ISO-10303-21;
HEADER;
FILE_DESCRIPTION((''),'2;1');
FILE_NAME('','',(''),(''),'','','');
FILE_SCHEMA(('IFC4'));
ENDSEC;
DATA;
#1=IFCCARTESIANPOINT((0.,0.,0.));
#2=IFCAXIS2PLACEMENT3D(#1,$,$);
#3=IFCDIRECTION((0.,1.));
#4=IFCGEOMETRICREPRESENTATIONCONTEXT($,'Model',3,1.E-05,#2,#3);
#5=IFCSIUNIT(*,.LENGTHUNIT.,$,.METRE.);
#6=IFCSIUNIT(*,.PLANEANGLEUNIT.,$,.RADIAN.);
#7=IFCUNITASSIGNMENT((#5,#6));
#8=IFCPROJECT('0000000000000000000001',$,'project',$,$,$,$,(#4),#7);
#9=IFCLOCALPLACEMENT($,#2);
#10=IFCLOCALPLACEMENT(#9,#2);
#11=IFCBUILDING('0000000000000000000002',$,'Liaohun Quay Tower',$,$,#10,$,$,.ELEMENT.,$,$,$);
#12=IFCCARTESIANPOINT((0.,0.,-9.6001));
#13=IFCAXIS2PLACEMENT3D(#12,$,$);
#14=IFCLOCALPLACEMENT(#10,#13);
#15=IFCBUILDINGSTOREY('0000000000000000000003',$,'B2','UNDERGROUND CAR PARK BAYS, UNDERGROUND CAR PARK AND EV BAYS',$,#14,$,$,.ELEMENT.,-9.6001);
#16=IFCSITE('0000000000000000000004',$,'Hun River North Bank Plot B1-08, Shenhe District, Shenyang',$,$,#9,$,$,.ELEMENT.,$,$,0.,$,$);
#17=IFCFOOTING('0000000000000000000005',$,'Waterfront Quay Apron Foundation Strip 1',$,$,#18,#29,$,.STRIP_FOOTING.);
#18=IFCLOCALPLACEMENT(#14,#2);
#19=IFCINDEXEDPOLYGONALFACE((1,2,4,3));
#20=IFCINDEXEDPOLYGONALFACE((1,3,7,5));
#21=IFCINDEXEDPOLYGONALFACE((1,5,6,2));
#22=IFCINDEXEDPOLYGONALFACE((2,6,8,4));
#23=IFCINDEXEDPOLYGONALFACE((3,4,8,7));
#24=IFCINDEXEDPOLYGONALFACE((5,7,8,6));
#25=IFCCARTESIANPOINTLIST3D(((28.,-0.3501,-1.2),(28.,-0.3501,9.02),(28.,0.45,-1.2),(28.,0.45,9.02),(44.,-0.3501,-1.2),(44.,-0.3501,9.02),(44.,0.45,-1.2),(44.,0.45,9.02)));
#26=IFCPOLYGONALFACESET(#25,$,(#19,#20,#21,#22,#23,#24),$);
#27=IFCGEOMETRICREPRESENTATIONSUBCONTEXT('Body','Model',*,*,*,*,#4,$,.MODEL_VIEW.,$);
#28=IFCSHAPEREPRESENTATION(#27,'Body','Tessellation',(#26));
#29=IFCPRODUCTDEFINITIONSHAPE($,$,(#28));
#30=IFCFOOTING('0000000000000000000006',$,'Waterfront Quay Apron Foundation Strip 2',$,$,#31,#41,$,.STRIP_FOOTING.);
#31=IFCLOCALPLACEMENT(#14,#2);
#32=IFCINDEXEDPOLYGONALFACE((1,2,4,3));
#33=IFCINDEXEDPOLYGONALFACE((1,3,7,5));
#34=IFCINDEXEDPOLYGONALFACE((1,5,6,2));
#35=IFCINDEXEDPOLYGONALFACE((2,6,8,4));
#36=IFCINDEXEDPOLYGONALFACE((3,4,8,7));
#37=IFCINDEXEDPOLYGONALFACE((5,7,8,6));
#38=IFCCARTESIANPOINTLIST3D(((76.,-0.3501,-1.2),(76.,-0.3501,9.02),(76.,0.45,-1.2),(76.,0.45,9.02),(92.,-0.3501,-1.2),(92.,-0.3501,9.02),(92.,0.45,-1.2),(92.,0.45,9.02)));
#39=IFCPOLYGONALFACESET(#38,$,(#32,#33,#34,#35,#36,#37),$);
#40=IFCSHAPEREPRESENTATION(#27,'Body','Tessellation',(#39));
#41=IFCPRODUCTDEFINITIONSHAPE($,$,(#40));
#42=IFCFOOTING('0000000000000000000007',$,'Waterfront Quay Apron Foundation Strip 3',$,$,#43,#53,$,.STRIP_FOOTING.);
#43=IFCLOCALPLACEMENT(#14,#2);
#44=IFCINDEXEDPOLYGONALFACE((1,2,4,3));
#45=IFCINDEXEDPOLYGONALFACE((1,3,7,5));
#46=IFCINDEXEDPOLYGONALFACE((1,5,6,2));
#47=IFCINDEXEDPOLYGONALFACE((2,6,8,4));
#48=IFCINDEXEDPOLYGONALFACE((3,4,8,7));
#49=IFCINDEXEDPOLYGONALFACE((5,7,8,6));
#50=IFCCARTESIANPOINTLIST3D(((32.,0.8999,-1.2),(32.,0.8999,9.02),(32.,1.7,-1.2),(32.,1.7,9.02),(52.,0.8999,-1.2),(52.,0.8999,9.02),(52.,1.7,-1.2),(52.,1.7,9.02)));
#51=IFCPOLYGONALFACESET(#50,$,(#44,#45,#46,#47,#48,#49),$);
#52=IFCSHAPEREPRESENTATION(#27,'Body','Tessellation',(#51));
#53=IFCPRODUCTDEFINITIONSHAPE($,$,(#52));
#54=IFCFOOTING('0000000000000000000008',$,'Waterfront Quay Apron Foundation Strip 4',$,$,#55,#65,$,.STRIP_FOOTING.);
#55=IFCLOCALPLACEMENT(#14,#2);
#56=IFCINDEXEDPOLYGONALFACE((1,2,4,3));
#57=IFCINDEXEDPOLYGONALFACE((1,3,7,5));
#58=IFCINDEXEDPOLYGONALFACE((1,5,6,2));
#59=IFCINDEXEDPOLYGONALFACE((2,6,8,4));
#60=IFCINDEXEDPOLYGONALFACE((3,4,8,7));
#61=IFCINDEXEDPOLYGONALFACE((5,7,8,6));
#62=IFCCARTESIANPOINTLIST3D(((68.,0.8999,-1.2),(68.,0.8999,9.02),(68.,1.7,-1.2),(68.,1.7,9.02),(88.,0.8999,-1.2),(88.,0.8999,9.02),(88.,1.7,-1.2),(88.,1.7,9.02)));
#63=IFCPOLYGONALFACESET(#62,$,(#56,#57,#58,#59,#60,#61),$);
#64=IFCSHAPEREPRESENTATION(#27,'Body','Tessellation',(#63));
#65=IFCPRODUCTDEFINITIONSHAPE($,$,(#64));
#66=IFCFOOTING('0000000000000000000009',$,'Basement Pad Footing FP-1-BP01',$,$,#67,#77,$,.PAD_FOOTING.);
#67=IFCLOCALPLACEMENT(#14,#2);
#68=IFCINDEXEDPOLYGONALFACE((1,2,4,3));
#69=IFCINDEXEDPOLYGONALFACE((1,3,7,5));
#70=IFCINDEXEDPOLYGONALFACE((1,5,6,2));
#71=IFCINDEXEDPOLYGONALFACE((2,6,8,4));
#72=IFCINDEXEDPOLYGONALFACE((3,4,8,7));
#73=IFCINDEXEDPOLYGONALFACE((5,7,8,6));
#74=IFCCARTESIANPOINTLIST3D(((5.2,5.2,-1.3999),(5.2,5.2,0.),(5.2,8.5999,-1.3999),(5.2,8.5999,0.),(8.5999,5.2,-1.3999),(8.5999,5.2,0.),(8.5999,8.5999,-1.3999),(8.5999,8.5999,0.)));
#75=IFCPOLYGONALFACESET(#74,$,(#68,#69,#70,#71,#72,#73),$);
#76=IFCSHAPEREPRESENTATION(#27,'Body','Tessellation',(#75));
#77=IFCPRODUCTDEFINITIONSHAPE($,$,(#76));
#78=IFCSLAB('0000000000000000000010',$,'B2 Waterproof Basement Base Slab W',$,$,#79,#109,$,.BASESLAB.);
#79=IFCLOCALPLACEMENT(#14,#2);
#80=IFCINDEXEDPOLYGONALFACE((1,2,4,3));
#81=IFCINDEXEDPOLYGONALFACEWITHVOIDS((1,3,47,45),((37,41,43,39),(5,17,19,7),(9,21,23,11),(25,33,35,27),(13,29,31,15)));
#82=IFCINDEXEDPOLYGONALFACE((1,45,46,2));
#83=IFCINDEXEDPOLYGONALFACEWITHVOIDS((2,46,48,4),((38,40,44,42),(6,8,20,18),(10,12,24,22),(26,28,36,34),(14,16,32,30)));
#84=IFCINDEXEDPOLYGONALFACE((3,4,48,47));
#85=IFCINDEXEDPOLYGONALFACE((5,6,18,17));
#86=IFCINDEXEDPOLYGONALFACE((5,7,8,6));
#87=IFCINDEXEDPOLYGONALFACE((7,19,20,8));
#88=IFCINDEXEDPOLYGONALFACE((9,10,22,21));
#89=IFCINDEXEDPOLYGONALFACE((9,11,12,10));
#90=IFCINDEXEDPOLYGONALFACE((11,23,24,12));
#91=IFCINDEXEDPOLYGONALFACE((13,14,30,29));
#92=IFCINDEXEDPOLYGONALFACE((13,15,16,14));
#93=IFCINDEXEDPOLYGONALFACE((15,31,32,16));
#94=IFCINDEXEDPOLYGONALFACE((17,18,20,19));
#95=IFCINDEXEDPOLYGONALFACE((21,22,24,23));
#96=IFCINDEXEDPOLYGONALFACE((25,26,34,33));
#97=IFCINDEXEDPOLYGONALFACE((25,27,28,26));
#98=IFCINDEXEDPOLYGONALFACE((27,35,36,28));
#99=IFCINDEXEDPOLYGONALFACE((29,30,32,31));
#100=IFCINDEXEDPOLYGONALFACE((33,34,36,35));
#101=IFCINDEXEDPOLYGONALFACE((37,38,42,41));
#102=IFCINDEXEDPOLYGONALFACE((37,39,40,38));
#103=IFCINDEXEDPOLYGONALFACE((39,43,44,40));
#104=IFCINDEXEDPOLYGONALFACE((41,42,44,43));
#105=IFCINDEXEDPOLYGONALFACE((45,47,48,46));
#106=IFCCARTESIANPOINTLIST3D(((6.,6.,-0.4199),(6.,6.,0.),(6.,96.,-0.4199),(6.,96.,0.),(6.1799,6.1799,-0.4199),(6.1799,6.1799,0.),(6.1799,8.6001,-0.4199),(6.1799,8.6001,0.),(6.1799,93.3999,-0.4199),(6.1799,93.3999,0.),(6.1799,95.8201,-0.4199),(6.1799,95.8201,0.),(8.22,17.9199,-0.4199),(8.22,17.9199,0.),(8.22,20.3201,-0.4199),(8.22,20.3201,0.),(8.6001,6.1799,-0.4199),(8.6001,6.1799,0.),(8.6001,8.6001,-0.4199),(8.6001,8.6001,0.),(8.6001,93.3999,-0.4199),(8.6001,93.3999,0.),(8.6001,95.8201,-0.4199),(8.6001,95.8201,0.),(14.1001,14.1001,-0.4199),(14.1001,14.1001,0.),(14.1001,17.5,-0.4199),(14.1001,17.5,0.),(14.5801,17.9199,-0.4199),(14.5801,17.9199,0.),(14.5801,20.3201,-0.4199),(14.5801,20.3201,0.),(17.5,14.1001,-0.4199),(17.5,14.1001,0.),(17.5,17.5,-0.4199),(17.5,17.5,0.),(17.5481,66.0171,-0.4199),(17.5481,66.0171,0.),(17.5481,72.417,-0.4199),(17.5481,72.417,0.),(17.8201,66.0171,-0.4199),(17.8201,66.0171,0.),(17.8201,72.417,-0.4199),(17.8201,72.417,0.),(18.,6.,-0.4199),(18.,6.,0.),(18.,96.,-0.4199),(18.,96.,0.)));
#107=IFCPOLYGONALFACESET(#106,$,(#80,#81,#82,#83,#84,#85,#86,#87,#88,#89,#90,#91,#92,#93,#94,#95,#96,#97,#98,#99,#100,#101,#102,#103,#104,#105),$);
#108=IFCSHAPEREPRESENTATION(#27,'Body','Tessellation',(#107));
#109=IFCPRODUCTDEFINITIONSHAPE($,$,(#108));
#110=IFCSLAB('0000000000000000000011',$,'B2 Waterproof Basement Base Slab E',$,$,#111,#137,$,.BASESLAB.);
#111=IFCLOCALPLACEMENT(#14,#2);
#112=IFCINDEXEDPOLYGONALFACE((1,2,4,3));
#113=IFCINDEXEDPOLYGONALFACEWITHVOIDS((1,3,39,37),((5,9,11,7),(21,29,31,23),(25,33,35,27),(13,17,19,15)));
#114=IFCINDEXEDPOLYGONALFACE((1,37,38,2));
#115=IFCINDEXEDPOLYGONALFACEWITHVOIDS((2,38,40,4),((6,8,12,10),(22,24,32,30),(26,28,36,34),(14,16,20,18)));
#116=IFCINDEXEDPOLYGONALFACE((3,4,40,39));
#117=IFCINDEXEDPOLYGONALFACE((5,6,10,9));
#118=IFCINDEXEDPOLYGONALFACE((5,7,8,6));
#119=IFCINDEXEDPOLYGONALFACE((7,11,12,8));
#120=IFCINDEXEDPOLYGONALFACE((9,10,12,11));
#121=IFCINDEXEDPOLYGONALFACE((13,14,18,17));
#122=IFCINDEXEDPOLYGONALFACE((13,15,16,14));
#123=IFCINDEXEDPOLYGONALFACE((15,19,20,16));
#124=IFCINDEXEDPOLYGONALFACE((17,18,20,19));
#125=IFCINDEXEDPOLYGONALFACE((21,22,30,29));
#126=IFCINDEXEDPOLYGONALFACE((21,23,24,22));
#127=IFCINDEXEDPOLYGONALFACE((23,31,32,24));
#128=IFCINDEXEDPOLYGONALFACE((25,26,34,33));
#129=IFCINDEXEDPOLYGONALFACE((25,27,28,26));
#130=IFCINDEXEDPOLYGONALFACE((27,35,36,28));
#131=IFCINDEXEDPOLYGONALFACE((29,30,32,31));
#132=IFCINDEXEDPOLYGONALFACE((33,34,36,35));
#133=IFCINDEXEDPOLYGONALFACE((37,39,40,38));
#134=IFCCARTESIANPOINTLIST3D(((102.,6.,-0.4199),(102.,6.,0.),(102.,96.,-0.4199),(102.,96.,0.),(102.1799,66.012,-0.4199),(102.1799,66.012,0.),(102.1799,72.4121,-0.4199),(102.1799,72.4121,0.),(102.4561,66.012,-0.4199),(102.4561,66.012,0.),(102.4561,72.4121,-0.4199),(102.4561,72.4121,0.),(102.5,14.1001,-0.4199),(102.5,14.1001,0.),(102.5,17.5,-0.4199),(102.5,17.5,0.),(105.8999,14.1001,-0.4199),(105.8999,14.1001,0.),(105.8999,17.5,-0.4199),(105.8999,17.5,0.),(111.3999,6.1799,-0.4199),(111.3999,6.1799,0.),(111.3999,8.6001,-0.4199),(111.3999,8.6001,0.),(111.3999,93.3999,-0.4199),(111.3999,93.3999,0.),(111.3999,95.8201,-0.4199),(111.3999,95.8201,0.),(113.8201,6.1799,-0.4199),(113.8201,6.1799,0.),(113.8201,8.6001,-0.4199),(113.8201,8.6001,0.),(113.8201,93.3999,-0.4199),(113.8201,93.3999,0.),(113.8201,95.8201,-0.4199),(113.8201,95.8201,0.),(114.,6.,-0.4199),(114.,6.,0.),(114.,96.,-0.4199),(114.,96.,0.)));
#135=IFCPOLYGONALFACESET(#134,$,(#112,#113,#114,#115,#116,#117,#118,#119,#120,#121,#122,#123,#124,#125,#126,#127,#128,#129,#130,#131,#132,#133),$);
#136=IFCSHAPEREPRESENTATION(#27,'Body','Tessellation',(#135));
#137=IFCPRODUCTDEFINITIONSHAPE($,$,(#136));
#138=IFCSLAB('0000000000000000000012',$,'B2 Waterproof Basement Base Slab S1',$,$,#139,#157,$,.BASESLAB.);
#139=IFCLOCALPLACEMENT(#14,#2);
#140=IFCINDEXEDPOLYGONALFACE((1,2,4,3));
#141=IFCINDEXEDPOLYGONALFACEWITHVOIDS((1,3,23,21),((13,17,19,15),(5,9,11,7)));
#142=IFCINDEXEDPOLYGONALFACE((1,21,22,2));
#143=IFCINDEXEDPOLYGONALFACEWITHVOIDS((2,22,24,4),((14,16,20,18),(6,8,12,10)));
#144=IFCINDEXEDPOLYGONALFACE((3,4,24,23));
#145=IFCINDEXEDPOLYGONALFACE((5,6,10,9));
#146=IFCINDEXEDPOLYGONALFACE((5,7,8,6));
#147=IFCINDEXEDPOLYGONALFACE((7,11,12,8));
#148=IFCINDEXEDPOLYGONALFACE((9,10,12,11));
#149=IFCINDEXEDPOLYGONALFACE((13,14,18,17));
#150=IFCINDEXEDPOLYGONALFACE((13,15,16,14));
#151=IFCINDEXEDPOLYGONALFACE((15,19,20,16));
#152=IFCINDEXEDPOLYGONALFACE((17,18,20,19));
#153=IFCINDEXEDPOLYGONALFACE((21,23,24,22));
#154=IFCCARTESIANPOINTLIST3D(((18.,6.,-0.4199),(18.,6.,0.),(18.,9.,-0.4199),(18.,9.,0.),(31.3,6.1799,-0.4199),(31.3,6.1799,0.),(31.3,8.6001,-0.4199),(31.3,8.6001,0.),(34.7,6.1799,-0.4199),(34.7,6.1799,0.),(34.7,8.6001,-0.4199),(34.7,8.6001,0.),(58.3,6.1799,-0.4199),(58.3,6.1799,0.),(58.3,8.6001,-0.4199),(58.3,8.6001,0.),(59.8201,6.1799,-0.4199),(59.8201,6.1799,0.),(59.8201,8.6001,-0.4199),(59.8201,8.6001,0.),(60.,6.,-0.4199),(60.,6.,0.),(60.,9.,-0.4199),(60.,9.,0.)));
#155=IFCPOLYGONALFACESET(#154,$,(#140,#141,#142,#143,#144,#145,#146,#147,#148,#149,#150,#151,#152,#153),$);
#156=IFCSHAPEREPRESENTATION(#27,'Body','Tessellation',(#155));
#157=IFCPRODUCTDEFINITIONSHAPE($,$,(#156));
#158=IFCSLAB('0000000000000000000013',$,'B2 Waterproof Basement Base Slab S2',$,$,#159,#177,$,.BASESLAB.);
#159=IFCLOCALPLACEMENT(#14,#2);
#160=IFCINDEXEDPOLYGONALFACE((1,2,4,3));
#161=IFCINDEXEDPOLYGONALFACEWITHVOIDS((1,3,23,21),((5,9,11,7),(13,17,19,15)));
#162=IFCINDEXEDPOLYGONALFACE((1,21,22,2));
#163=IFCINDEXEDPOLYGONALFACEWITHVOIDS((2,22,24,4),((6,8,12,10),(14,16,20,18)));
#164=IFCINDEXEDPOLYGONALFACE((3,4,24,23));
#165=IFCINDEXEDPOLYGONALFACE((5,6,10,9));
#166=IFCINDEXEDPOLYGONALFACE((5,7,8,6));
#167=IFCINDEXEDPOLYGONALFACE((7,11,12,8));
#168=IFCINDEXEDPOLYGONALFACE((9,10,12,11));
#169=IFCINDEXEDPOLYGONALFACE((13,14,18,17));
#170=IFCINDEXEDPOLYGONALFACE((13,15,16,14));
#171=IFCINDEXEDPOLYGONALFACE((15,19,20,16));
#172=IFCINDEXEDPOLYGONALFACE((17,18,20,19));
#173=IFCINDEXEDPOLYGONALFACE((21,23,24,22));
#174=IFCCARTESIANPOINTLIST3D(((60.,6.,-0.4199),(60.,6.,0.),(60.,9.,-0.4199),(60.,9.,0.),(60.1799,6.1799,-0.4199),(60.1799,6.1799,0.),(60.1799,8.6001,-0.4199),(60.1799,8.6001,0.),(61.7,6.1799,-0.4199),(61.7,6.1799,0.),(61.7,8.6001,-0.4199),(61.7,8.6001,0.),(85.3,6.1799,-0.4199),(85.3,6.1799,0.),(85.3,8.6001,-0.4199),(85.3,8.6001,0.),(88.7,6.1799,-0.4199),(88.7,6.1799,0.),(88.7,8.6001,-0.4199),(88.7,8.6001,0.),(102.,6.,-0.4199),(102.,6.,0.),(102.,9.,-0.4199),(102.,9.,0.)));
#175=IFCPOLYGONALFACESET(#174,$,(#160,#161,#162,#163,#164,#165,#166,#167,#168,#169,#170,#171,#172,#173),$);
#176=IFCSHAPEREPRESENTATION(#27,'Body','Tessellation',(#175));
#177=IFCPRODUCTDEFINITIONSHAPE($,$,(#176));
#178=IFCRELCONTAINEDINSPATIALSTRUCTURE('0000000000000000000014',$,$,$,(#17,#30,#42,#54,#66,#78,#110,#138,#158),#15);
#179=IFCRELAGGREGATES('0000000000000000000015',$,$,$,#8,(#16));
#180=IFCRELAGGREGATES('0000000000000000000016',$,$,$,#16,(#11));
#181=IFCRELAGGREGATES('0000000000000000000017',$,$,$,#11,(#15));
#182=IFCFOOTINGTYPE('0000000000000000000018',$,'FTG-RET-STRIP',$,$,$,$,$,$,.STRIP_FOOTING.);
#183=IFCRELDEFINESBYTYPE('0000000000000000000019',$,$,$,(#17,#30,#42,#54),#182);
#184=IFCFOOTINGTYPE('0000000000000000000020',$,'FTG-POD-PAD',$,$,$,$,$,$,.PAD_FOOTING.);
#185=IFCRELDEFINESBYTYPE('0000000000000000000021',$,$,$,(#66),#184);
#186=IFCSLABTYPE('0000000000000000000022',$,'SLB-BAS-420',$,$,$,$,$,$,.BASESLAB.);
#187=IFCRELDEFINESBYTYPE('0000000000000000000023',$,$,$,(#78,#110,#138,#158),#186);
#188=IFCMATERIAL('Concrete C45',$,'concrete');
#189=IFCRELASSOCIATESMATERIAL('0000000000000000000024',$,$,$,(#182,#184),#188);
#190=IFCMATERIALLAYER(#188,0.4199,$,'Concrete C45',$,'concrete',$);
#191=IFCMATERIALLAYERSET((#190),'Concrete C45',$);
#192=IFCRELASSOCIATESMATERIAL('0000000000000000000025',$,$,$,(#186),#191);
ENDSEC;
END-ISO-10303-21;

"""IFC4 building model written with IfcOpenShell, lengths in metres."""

from ifc_helpers import new_model, si_unit, direction, frame, origin, origin_2d, place, context, subcontext, project, spatial, polyline, rectangle, outline, extrude, source, transform, mapped, material, layer, layer_set, type_object, element, save


model = new_model("IFC4")

# Units and contexts
model_context = context("Model", 3, precision=1e-05, world=origin(), true_north=direction((0.0, 1.0)))
body_context = subcontext(model_context, "Body", "Model", "MODEL_VIEW")
ifc_project = project(units=[si_unit("LENGTHUNIT", "METRE"), si_unit("PLANEANGLEUNIT", "RADIAN")], contexts=[model_context])

# Site, building, storey
site_placement = place(None, origin())
site = spatial("IfcSite", under=ifc_project, at=site_placement, Name="Hun River North Bank Plot B1-08, Shenhe District, Shenyang", CompositionType="ELEMENT", RefElevation=0.0)
building_placement = place(site_placement, origin())
building = spatial("IfcBuilding", under=site, at=building_placement, Name="Liaohun Quay Tower", CompositionType="ELEMENT")
storey_placement = place(building_placement, frame((0.0, 0.0, -9.6001)))
storey = spatial("IfcBuildingStorey", under=building, at=storey_placement, Name="B2", Description="UNDERGROUND CAR PARK BAYS, UNDERGROUND CAR PARK AND EV BAYS", CompositionType="ELEMENT", Elevation=-9.6001)

# Footings
ifc_material_1 = material(Name="Concrete C45", Category="concrete")
footing_type_1 = type_object("IfcFootingType", Name="FTG-RET-STRIP", PredefinedType="STRIP_FOOTING", material=ifc_material_1)
footing_1_placement = place(storey_placement, frame((0.0, 0.0, -1.2)))
element("IfcFooting", 1, at=footing_1_placement, inside=storey, type_object=footing_type_1, Name="Waterfront Quay Apron Foundation Strip 1", PredefinedType="STRIP_FOOTING", context=body_context, shape_type="SweptSolid", body=[
    extrude(outline(polyline([(28.0, -0.3501), (44.0, -0.3501), (44.0, 0.45), (28.0, 0.45), (28.0, -0.3501)])), origin(), (0.0, 0.0, 1.0), 10.22),
])
footing_2_placement = place(storey_placement, frame((0.0, 0.0, -1.2)))
element("IfcFooting", 2, at=footing_2_placement, inside=storey, type_object=footing_type_1, Name="Waterfront Quay Apron Foundation Strip 2", PredefinedType="STRIP_FOOTING", context=body_context, shape_type="SweptSolid", body=[
    extrude(outline(polyline([(76.0, -0.3501), (92.0, -0.3501), (92.0, 0.45), (76.0, 0.45), (76.0, -0.3501)])), origin(), (0.0, 0.0, 1.0), 10.22),
])
footing_3_placement = place(storey_placement, frame((0.0, 0.0, -1.2)))
element("IfcFooting", 3, at=footing_3_placement, inside=storey, type_object=footing_type_1, Name="Waterfront Quay Apron Foundation Strip 3", PredefinedType="STRIP_FOOTING", context=body_context, shape_type="SweptSolid", body=[
    extrude(outline(polyline([(32.0, 0.8999), (52.0, 0.8999), (52.0, 1.7), (32.0, 1.7), (32.0, 0.8999)])), origin(), (0.0, 0.0, 1.0), 10.22),
])
footing_4_placement = place(storey_placement, frame((0.0, 0.0, -1.2)))
element("IfcFooting", 4, at=footing_4_placement, inside=storey, type_object=footing_type_1, Name="Waterfront Quay Apron Foundation Strip 4", PredefinedType="STRIP_FOOTING", context=body_context, shape_type="SweptSolid", body=[
    extrude(outline(polyline([(68.0, 0.8999), (88.0, 0.8999), (88.0, 1.7), (68.0, 1.7), (68.0, 0.8999)])), origin(), (0.0, 0.0, 1.0), 10.22),
])
footing_type_2 = type_object("IfcFootingType", Name="FTG-POD-PAD", PredefinedType="PAD_FOOTING", material=ifc_material_1)
shared_shape = source(origin(), body_context, "Body", "SweptSolid", [
    extrude(rectangle(XDim=3.3999, YDim=3.3999, at=origin_2d()), origin(), (0.0, 0.0, 1.0), 1.3999),
])
footing_5_placement = place(storey_placement, frame((6.8999, 6.8999, -1.3999), z_axis=(0.0, 0.0, 1.0), x_axis=(1.0, 0.0, 0.0)))
element("IfcFooting", 5, at=footing_5_placement, inside=storey, type_object=footing_type_2, Name="Basement Pad Footing FP-1-BP01", PredefinedType="PAD_FOOTING", context=body_context, shape_type="MappedRepresentation", body=[
    mapped(shared_shape, transform((0.0, 0.0, 0.0), x_axis=(1.0, 0.0, 0.0), y_axis=(0.0, 1.0, 0.0), z_axis=(0.0, 0.0, 1.0), scale=1.0)),
])

# Slabs
ifc_layer_1 = layer(ifc_material_1, 0.4199, Name="Concrete C45", Category="concrete")
ifc_layer_set_1 = layer_set([ifc_layer_1], Name="Concrete C45")
slab_type_1 = type_object("IfcSlabType", Name="SLB-BAS-420", PredefinedType="BASESLAB", material=ifc_layer_set_1)
slab_1_placement = place(storey_placement, frame((0.0, 0.0, -0.4199)))
element("IfcSlab", 6, at=slab_1_placement, inside=storey, type_object=slab_type_1, Name="B2 Waterproof Basement Base Slab W", PredefinedType="BASESLAB", context=body_context, shape_type="SweptSolid", body=[
    extrude(outline(polyline([(6.0, 6.0), (18.0, 6.0), (18.0, 96.0), (6.0, 96.0), (6.0, 6.0)]), holes=[polyline([(8.6001, 6.1799), (8.6001, 8.6001), (6.1799, 8.6001), (6.1799, 6.1799), (8.6001, 6.1799)]), polyline([(14.1001, 17.5), (14.1001, 14.1001), (17.5, 14.1001), (17.5, 17.5), (14.1001, 17.5)]), polyline([(8.22, 20.3201), (8.22, 17.9199), (14.5801, 17.9199), (14.5801, 20.3201), (8.22, 20.3201)]), polyline([(17.8201, 72.417), (17.5481, 72.417), (17.5481, 66.0171), (17.8201, 66.0171), (17.8201, 72.417)]), polyline([(6.1799, 95.8201), (6.1799, 93.3999), (8.6001, 93.3999), (8.6001, 95.8201), (6.1799, 95.8201)])]), origin(), (0.0, 0.0, 1.0), 0.4199),
])
slab_2_placement = place(storey_placement, frame((0.0, 0.0, -0.4199)))
element("IfcSlab", 7, at=slab_2_placement, inside=storey, type_object=slab_type_1, Name="B2 Waterproof Basement Base Slab E", PredefinedType="BASESLAB", context=body_context, shape_type="SweptSolid", body=[
    extrude(outline(polyline([(102.0, 6.0), (114.0, 6.0), (114.0, 96.0), (102.0, 96.0), (102.0, 6.0)]), holes=[polyline([(113.8201, 8.6001), (111.3999, 8.6001), (111.3999, 6.1799), (113.8201, 6.1799), (113.8201, 8.6001)]), polyline([(102.5, 17.5), (102.5, 14.1001), (105.8999, 14.1001), (105.8999, 17.5), (102.5, 17.5)]), polyline([(102.4561, 66.012), (102.4561, 72.4121), (102.1799, 72.4121), (102.1799, 66.012), (102.4561, 66.012)]), polyline([(111.3999, 95.8201), (111.3999, 93.3999), (113.8201, 93.3999), (113.8201, 95.8201), (111.3999, 95.8201)])]), origin(), (0.0, 0.0, 1.0), 0.4199),
])
slab_3_placement = place(storey_placement, frame((0.0, 0.0, -0.4199)))
element("IfcSlab", 8, at=slab_3_placement, inside=storey, type_object=slab_type_1, Name="B2 Waterproof Basement Base Slab S1", PredefinedType="BASESLAB", context=body_context, shape_type="SweptSolid", body=[
    extrude(outline(polyline([(18.0, 6.0), (60.0, 6.0), (60.0, 9.0), (18.0, 9.0), (18.0, 6.0)]), holes=[polyline([(31.3, 8.6001), (31.3, 6.1799), (34.7, 6.1799), (34.7, 8.6001), (31.3, 8.6001)]), polyline([(58.3, 8.6001), (58.3, 6.1799), (59.8201, 6.1799), (59.8201, 8.6001), (58.3, 8.6001)])]), origin(), (0.0, 0.0, 1.0), 0.4199),
])
slab_4_placement = place(storey_placement, frame((0.0, 0.0, -0.4199)))
element("IfcSlab", 9, at=slab_4_placement, inside=storey, type_object=slab_type_1, Name="B2 Waterproof Basement Base Slab S2", PredefinedType="BASESLAB", context=body_context, shape_type="SweptSolid", body=[
    extrude(outline(polyline([(60.0, 6.0), (102.0, 6.0), (102.0, 9.0), (60.0, 9.0), (60.0, 6.0)]), holes=[polyline([(61.7, 8.6001), (60.1799, 8.6001), (60.1799, 6.1799), (61.7, 6.1799), (61.7, 8.6001)]), polyline([(85.3, 8.6001), (85.3, 6.1799), (88.7, 6.1799), (88.7, 8.6001), (85.3, 8.6001)])]), origin(), (0.0, 0.0, 1.0), 0.4199),
])

save(model, "model.ifc")
